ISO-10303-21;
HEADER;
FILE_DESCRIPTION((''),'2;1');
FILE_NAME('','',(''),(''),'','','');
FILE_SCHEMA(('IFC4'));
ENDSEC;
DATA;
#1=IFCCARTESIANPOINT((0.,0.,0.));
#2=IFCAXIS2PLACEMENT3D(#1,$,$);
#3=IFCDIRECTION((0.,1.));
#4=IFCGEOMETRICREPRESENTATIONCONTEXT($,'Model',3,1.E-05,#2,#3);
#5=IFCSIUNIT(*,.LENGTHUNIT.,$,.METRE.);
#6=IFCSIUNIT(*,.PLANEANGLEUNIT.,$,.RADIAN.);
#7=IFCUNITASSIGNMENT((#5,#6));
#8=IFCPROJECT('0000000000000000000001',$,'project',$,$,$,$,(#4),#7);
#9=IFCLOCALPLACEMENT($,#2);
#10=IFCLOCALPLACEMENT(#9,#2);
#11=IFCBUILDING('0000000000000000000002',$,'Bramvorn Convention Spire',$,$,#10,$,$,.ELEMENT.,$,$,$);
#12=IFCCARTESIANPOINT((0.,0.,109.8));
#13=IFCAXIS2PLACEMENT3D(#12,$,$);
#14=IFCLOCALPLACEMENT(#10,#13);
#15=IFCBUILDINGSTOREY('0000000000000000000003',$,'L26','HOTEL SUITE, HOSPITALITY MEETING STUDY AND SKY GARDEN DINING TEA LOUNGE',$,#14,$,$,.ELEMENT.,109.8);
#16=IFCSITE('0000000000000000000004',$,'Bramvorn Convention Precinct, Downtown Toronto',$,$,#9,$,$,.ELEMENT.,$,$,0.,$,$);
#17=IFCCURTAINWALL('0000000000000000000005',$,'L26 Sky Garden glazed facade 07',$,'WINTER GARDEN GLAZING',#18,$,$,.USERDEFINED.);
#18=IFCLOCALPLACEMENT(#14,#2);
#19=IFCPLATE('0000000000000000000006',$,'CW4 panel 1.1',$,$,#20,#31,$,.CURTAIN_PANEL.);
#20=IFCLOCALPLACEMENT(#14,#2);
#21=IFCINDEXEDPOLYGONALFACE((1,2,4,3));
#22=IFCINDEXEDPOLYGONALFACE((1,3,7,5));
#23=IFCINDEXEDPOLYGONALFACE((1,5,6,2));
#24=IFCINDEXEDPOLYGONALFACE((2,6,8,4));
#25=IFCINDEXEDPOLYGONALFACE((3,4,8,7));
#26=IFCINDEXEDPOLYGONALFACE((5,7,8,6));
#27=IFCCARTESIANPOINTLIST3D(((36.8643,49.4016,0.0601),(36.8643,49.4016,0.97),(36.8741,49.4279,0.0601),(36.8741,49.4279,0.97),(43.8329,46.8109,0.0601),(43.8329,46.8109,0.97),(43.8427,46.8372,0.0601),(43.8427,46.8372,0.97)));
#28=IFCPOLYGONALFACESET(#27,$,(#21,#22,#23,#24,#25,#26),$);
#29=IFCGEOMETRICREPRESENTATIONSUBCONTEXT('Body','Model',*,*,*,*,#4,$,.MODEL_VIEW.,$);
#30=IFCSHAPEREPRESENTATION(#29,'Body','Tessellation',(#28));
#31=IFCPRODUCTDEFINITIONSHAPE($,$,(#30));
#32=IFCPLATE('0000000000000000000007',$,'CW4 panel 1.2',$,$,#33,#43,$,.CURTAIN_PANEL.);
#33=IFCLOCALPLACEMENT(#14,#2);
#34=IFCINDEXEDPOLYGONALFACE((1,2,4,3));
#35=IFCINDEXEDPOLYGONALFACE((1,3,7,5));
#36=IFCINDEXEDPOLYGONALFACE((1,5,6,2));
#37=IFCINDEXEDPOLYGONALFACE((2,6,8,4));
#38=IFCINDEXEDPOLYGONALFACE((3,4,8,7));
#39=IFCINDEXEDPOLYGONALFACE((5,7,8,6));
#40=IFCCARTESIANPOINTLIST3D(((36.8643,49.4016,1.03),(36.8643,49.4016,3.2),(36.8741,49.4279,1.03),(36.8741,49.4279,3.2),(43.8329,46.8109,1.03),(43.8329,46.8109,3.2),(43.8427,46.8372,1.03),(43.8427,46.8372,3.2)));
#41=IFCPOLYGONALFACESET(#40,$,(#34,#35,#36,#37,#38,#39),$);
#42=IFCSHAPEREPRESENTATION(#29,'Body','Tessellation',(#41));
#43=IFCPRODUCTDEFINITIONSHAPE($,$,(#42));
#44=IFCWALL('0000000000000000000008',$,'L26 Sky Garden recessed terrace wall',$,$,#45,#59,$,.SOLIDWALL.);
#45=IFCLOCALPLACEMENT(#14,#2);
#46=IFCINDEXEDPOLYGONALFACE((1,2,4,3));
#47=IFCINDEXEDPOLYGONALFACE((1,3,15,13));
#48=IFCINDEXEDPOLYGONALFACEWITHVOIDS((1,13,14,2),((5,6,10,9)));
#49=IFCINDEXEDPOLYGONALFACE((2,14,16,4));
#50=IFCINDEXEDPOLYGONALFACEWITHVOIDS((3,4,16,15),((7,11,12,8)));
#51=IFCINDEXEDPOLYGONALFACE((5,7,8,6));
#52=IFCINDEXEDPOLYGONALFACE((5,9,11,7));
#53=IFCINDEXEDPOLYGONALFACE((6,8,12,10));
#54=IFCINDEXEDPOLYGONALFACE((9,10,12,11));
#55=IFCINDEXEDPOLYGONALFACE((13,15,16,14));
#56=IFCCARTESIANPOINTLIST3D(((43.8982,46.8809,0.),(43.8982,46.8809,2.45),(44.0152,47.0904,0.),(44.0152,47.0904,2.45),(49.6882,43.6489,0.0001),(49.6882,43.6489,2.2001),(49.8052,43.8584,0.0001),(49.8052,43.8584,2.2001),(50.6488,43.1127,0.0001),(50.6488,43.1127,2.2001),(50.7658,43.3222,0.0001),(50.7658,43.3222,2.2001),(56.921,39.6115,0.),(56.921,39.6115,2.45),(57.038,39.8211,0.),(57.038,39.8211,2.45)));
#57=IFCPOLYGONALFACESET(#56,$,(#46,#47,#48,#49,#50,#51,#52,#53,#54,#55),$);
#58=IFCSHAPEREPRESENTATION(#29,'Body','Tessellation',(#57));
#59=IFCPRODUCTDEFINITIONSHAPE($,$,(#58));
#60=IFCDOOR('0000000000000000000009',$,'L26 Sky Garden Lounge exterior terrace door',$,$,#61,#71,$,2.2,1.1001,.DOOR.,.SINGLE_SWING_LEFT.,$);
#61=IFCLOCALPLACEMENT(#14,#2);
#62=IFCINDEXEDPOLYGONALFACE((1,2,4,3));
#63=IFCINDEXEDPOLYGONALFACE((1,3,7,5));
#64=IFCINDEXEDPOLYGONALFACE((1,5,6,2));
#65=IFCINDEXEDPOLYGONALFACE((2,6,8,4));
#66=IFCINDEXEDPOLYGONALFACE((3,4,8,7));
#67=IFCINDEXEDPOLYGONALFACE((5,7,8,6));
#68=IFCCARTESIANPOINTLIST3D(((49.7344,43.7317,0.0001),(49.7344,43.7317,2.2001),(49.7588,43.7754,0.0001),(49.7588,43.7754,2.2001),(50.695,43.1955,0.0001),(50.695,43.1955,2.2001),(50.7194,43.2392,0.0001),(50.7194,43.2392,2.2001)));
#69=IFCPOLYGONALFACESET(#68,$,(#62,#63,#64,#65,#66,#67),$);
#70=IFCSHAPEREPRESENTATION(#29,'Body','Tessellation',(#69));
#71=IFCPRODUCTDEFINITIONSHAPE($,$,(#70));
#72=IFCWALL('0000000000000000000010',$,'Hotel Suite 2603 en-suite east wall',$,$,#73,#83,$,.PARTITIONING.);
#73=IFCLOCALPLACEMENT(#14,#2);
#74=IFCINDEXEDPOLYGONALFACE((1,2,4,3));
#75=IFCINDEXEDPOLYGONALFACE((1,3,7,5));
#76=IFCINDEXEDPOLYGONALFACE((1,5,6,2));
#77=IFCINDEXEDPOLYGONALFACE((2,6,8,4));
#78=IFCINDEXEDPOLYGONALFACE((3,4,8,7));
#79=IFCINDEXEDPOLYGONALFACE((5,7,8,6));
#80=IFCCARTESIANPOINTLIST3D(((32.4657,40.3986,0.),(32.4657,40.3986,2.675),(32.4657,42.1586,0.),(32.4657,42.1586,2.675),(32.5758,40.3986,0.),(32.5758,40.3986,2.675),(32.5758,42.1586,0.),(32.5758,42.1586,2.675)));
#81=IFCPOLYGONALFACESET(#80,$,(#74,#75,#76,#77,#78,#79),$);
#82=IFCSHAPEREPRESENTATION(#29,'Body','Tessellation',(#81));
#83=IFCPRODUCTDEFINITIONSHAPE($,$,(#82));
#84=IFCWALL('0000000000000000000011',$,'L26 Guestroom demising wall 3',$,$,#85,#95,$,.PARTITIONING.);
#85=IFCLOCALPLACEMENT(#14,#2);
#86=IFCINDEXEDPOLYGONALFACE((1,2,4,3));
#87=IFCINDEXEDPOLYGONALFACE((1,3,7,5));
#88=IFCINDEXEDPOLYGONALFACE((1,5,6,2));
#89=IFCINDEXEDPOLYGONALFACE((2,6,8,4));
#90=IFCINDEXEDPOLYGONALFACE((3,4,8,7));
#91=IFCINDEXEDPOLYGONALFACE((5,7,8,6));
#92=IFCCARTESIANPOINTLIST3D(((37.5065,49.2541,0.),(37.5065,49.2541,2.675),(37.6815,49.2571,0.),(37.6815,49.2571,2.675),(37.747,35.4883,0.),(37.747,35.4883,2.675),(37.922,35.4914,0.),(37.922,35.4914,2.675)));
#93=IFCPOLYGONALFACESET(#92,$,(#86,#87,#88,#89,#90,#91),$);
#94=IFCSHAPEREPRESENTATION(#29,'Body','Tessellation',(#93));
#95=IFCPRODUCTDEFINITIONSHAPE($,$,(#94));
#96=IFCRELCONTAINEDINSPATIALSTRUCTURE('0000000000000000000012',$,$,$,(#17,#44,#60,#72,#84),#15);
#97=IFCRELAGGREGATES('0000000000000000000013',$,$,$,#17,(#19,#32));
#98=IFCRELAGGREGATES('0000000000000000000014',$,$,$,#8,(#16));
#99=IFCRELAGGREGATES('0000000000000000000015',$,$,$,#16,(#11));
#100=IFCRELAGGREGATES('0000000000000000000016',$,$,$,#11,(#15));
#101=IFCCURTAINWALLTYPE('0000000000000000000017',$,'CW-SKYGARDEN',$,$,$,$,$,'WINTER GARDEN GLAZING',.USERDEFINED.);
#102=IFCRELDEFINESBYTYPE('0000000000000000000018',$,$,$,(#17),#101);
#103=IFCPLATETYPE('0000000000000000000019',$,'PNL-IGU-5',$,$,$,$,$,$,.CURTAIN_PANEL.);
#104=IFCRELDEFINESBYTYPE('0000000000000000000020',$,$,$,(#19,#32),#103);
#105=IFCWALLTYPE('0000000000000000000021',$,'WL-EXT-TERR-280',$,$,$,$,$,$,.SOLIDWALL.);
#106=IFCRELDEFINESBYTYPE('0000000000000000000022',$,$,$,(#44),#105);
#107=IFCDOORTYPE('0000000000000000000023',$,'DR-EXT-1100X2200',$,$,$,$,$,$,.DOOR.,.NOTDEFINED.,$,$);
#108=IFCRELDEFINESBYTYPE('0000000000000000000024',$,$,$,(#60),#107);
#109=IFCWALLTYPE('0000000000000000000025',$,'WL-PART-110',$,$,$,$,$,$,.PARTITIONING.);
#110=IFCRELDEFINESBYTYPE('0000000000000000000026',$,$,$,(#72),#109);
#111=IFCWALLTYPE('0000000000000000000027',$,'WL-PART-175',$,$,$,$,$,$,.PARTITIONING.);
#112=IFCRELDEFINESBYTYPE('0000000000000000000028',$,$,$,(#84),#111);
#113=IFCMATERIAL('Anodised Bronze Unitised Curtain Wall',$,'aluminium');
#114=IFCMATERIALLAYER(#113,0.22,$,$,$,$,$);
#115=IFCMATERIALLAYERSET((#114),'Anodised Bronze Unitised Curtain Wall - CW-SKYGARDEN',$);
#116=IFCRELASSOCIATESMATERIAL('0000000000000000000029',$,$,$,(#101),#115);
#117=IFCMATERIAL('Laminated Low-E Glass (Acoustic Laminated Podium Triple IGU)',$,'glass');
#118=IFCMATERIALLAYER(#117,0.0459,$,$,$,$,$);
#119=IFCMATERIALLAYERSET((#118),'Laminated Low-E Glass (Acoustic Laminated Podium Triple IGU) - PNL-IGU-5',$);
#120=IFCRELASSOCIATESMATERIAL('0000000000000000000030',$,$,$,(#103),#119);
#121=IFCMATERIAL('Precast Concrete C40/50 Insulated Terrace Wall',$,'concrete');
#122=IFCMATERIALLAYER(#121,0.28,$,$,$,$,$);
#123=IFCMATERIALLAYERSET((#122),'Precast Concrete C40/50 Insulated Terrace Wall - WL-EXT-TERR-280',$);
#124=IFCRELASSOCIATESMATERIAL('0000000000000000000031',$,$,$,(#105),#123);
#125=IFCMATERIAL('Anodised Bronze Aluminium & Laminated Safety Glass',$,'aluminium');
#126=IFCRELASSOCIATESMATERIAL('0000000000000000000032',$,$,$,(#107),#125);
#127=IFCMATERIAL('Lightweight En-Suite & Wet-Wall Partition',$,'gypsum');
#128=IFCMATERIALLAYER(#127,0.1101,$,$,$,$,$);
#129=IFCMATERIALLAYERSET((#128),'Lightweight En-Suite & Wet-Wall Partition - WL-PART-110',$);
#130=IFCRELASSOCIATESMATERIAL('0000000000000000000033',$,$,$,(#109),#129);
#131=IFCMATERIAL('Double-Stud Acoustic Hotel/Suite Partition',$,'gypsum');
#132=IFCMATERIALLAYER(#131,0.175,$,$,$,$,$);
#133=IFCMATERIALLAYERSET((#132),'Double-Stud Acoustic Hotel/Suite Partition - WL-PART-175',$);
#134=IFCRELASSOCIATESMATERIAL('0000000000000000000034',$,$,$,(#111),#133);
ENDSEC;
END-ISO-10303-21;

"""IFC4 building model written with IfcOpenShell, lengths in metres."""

from ifc_helpers import new_model, si_unit, direction, frame, frame_2d, origin, origin_2d, place, context, subcontext, project, spatial, rectangle, extrude, material, layer, layer_set, type_object, element, fill, aggregate, save


model = new_model("IFC4")

# Units and contexts
model_context = context("Model", 3, precision=1e-05, world=origin(), true_north=direction((0.0, 1.0)))
body_context = subcontext(model_context, "Body", "Model", "MODEL_VIEW")
ifc_project = project(units=[si_unit("LENGTHUNIT", "METRE"), si_unit("PLANEANGLEUNIT", "RADIAN")], contexts=[model_context])

# Site, building, storey
site_placement = place(None, origin())
site = spatial("IfcSite", under=ifc_project, at=site_placement, Name="Bramvorn Convention Precinct, Downtown Toronto", CompositionType="ELEMENT", RefElevation=0.0)
building_placement = place(site_placement, origin())
building = spatial("IfcBuilding", under=site, at=building_placement, Name="Bramvorn Convention Spire", CompositionType="ELEMENT")
storey_placement = place(building_placement, frame((0.0, 0.0, 109.8)))
storey = spatial("IfcBuildingStorey", under=building, at=storey_placement, Name="L26", Description="HOTEL SUITE, HOSPITALITY MEETING STUDY AND SKY GARDEN DINING TEA LOUNGE", CompositionType="ELEMENT", Elevation=109.8)

# Shared definitions
ifc_material_1 = material(Name="Anodised Bronze Unitised Curtain Wall", Category="aluminium")

# Curtain wall
ifc_layer_1 = layer(ifc_material_1, 0.22)
ifc_layer_set_1 = layer_set([ifc_layer_1], Name="Anodised Bronze Unitised Curtain Wall - CW-SKYGARDEN")
curtain_wall_type_1 = type_object("IfcCurtainWallType", Name="CW-SKYGARDEN", ElementType="WINTER GARDEN GLAZING", PredefinedType="USERDEFINED", material=ifc_layer_set_1)
curtain_wall_1_placement = place(storey_placement, origin())
curtain_wall_1 = element("IfcCurtainWall", 1, at=curtain_wall_1_placement, inside=storey, type_object=curtain_wall_type_1, Name="L26 Sky Garden glazed facade 07", ObjectType="WINTER GARDEN GLAZING", PredefinedType="USERDEFINED")

# Plates
ifc_material_2 = material(Name="Laminated Low-E Glass (Acoustic Laminated Podium Triple IGU)", Category="glass")
ifc_layer_2 = layer(ifc_material_2, 0.0459)
ifc_layer_set_2 = layer_set([ifc_layer_2], Name="Laminated Low-E Glass (Acoustic Laminated Podium Triple IGU) - PNL-IGU-5")
plate_type_1 = type_object("IfcPlateType", Name="PNL-IGU-5", PredefinedType="CURTAIN_PANEL", material=ifc_layer_set_2)
plate_1_placement = place(storey_placement, frame((40.3535, 48.1194, 0.0601), z_axis=(0.0, 0.0, 1.0), x_axis=(0.937323, -0.348463, 0.0)))
plate_1 = element("IfcPlate", 2, at=plate_1_placement, type_object=plate_type_1, Name="CW4 panel 1.1", PredefinedType="CURTAIN_PANEL", context=body_context, shape_type="SweptSolid", body=[
    extrude(rectangle(XDim=7.4346, YDim=0.0281, at=origin_2d()), origin(), (0.0, 0.0, 1.0), 0.9099),
])
plate_2_placement = place(storey_placement, frame((40.3535, 48.1194, 1.03), z_axis=(0.0, 0.0, 1.0), x_axis=(0.937323, -0.348463, 0.0)))
plate_2 = element("IfcPlate", 3, at=plate_2_placement, type_object=plate_type_1, Name="CW4 panel 1.2", PredefinedType="CURTAIN_PANEL", context=body_context, shape_type="SweptSolid", body=[
    extrude(rectangle(XDim=7.4346, YDim=0.0281, at=origin_2d()), origin(), (0.0, 0.0, 1.0), 2.1699),
])
aggregate(curtain_wall_1, [plate_1, plate_2])

# Wall, opening, door
ifc_material_3 = material(Name="Precast Concrete C40/50 Insulated Terrace Wall", Category="concrete")
ifc_layer_3 = layer(ifc_material_3, 0.28)
ifc_layer_set_3 = layer_set([ifc_layer_3], Name="Precast Concrete C40/50 Insulated Terrace Wall - WL-EXT-TERR-280")
wall_type_1 = type_object("IfcWallType", Name="WL-EXT-TERR-280", PredefinedType="SOLIDWALL", material=ifc_layer_set_3)
wall_1_placement = place(storey_placement, frame((43.9568, 46.9856, 0.0), z_axis=(0.0, 0.0, 1.0), x_axis=(0.873175, -0.487407, 0.0)))
wall_1 = element("IfcWall", 4, at=wall_1_placement, inside=storey, type_object=wall_type_1, Name="L26 Sky Garden recessed terrace wall", PredefinedType="SOLIDWALL", context=body_context, shape_type="SweptSolid", body=[
    extrude(rectangle(XDim=14.9143, YDim=0.24, at=frame_2d((7.457, 0.0))), origin(), (0.0, 0.0, 1.0), 2.45),
])
opening_placement = place(wall_1_placement, frame((6.6309, 0.0, 0.0)))
opening = element("IfcOpeningElement", 5, at=opening_placement, cuts=wall_1, PredefinedType="OPENING", context=body_context, shape_type="SweptSolid", body=[
    extrude(rectangle(XDim=1.1001, YDim=2.2, at=frame_2d((0.55, 1.1001))), frame((0.0, 0.1299, 0.0), z_axis=(0.0, -1.0, 0.0), x_axis=(1.0, 0.0, 0.0)), (0.0, 0.0, 1.0), 0.26),
])
ifc_material_4 = material(Name="Anodised Bronze Aluminium & Laminated Safety Glass", Category="aluminium")
door_type = type_object("IfcDoorType", Name="DR-EXT-1100X2200", OperationType="NOTDEFINED", PredefinedType="DOOR", material=ifc_material_4)
door_placement = place(opening_placement, origin())
door = element("IfcDoor", 6, at=door_placement, inside=storey, type_object=door_type, Name="L26 Sky Garden Lounge exterior terrace door", OperationType="SINGLE_SWING_LEFT", OverallHeight=2.2, OverallWidth=1.1001, PredefinedType="DOOR", context=body_context, shape_type="SweptSolid", body=[
    extrude(rectangle(XDim=1.1001, YDim=2.2, at=frame_2d((0.55, 1.1001))), frame((0.0, 0.0249, 0.0), z_axis=(0.0, -1.0, 0.0), x_axis=(1.0, 0.0, 0.0)), (0.0, 0.0, 1.0), 0.05),
])
fill(opening, door)

# Walls
ifc_material_5 = material(Name="Lightweight En-Suite & Wet-Wall Partition", Category="gypsum")
ifc_layer_4 = layer(ifc_material_5, 0.1101)
ifc_layer_set_4 = layer_set([ifc_layer_4], Name="Lightweight En-Suite & Wet-Wall Partition - WL-PART-110")
wall_type_2 = type_object("IfcWallType", Name="WL-PART-110", PredefinedType="PARTITIONING", material=ifc_layer_set_4)
wall_2_placement = place(storey_placement, frame((32.5208, 40.3987, 0.0), z_axis=(0.0, 0.0, 1.0), x_axis=(0.0, 1.0, 0.0)))
element("IfcWall", 7, at=wall_2_placement, inside=storey, type_object=wall_type_2, Name="Hotel Suite 2603 en-suite east wall", PredefinedType="PARTITIONING", context=body_context, shape_type="SweptSolid", body=[
    extrude(rectangle(XDim=1.76, YDim=0.1101, at=frame_2d((0.8799, 0.0))), origin(), (0.0, 0.0, 1.0), 2.675),
])
ifc_material_6 = material(Name="Double-Stud Acoustic Hotel/Suite Partition", Category="gypsum")
ifc_layer_5 = layer(ifc_material_6, 0.175)
ifc_layer_set_5 = layer_set([ifc_layer_5], Name="Double-Stud Acoustic Hotel/Suite Partition - WL-PART-175")
wall_type_3 = type_object("IfcWallType", Name="WL-PART-175", PredefinedType="PARTITIONING", material=ifc_layer_set_5)
wall_3_placement = place(storey_placement, frame((37.8345, 35.49, 0.0), z_axis=(0.0, 0.0, 1.0), x_axis=(-0.017467, 0.999847, 0.0)))
element("IfcWall", 8, at=wall_3_placement, inside=storey, type_object=wall_type_3, Name="L26 Guestroom demising wall 3", PredefinedType="PARTITIONING", context=body_context, shape_type="SweptSolid", body=[
    extrude(rectangle(XDim=13.7678, YDim=0.175, at=frame_2d((6.8838, 0.0))), origin(), (0.0, 0.0, 1.0), 2.675),
])

save(model, "model.ifc")
